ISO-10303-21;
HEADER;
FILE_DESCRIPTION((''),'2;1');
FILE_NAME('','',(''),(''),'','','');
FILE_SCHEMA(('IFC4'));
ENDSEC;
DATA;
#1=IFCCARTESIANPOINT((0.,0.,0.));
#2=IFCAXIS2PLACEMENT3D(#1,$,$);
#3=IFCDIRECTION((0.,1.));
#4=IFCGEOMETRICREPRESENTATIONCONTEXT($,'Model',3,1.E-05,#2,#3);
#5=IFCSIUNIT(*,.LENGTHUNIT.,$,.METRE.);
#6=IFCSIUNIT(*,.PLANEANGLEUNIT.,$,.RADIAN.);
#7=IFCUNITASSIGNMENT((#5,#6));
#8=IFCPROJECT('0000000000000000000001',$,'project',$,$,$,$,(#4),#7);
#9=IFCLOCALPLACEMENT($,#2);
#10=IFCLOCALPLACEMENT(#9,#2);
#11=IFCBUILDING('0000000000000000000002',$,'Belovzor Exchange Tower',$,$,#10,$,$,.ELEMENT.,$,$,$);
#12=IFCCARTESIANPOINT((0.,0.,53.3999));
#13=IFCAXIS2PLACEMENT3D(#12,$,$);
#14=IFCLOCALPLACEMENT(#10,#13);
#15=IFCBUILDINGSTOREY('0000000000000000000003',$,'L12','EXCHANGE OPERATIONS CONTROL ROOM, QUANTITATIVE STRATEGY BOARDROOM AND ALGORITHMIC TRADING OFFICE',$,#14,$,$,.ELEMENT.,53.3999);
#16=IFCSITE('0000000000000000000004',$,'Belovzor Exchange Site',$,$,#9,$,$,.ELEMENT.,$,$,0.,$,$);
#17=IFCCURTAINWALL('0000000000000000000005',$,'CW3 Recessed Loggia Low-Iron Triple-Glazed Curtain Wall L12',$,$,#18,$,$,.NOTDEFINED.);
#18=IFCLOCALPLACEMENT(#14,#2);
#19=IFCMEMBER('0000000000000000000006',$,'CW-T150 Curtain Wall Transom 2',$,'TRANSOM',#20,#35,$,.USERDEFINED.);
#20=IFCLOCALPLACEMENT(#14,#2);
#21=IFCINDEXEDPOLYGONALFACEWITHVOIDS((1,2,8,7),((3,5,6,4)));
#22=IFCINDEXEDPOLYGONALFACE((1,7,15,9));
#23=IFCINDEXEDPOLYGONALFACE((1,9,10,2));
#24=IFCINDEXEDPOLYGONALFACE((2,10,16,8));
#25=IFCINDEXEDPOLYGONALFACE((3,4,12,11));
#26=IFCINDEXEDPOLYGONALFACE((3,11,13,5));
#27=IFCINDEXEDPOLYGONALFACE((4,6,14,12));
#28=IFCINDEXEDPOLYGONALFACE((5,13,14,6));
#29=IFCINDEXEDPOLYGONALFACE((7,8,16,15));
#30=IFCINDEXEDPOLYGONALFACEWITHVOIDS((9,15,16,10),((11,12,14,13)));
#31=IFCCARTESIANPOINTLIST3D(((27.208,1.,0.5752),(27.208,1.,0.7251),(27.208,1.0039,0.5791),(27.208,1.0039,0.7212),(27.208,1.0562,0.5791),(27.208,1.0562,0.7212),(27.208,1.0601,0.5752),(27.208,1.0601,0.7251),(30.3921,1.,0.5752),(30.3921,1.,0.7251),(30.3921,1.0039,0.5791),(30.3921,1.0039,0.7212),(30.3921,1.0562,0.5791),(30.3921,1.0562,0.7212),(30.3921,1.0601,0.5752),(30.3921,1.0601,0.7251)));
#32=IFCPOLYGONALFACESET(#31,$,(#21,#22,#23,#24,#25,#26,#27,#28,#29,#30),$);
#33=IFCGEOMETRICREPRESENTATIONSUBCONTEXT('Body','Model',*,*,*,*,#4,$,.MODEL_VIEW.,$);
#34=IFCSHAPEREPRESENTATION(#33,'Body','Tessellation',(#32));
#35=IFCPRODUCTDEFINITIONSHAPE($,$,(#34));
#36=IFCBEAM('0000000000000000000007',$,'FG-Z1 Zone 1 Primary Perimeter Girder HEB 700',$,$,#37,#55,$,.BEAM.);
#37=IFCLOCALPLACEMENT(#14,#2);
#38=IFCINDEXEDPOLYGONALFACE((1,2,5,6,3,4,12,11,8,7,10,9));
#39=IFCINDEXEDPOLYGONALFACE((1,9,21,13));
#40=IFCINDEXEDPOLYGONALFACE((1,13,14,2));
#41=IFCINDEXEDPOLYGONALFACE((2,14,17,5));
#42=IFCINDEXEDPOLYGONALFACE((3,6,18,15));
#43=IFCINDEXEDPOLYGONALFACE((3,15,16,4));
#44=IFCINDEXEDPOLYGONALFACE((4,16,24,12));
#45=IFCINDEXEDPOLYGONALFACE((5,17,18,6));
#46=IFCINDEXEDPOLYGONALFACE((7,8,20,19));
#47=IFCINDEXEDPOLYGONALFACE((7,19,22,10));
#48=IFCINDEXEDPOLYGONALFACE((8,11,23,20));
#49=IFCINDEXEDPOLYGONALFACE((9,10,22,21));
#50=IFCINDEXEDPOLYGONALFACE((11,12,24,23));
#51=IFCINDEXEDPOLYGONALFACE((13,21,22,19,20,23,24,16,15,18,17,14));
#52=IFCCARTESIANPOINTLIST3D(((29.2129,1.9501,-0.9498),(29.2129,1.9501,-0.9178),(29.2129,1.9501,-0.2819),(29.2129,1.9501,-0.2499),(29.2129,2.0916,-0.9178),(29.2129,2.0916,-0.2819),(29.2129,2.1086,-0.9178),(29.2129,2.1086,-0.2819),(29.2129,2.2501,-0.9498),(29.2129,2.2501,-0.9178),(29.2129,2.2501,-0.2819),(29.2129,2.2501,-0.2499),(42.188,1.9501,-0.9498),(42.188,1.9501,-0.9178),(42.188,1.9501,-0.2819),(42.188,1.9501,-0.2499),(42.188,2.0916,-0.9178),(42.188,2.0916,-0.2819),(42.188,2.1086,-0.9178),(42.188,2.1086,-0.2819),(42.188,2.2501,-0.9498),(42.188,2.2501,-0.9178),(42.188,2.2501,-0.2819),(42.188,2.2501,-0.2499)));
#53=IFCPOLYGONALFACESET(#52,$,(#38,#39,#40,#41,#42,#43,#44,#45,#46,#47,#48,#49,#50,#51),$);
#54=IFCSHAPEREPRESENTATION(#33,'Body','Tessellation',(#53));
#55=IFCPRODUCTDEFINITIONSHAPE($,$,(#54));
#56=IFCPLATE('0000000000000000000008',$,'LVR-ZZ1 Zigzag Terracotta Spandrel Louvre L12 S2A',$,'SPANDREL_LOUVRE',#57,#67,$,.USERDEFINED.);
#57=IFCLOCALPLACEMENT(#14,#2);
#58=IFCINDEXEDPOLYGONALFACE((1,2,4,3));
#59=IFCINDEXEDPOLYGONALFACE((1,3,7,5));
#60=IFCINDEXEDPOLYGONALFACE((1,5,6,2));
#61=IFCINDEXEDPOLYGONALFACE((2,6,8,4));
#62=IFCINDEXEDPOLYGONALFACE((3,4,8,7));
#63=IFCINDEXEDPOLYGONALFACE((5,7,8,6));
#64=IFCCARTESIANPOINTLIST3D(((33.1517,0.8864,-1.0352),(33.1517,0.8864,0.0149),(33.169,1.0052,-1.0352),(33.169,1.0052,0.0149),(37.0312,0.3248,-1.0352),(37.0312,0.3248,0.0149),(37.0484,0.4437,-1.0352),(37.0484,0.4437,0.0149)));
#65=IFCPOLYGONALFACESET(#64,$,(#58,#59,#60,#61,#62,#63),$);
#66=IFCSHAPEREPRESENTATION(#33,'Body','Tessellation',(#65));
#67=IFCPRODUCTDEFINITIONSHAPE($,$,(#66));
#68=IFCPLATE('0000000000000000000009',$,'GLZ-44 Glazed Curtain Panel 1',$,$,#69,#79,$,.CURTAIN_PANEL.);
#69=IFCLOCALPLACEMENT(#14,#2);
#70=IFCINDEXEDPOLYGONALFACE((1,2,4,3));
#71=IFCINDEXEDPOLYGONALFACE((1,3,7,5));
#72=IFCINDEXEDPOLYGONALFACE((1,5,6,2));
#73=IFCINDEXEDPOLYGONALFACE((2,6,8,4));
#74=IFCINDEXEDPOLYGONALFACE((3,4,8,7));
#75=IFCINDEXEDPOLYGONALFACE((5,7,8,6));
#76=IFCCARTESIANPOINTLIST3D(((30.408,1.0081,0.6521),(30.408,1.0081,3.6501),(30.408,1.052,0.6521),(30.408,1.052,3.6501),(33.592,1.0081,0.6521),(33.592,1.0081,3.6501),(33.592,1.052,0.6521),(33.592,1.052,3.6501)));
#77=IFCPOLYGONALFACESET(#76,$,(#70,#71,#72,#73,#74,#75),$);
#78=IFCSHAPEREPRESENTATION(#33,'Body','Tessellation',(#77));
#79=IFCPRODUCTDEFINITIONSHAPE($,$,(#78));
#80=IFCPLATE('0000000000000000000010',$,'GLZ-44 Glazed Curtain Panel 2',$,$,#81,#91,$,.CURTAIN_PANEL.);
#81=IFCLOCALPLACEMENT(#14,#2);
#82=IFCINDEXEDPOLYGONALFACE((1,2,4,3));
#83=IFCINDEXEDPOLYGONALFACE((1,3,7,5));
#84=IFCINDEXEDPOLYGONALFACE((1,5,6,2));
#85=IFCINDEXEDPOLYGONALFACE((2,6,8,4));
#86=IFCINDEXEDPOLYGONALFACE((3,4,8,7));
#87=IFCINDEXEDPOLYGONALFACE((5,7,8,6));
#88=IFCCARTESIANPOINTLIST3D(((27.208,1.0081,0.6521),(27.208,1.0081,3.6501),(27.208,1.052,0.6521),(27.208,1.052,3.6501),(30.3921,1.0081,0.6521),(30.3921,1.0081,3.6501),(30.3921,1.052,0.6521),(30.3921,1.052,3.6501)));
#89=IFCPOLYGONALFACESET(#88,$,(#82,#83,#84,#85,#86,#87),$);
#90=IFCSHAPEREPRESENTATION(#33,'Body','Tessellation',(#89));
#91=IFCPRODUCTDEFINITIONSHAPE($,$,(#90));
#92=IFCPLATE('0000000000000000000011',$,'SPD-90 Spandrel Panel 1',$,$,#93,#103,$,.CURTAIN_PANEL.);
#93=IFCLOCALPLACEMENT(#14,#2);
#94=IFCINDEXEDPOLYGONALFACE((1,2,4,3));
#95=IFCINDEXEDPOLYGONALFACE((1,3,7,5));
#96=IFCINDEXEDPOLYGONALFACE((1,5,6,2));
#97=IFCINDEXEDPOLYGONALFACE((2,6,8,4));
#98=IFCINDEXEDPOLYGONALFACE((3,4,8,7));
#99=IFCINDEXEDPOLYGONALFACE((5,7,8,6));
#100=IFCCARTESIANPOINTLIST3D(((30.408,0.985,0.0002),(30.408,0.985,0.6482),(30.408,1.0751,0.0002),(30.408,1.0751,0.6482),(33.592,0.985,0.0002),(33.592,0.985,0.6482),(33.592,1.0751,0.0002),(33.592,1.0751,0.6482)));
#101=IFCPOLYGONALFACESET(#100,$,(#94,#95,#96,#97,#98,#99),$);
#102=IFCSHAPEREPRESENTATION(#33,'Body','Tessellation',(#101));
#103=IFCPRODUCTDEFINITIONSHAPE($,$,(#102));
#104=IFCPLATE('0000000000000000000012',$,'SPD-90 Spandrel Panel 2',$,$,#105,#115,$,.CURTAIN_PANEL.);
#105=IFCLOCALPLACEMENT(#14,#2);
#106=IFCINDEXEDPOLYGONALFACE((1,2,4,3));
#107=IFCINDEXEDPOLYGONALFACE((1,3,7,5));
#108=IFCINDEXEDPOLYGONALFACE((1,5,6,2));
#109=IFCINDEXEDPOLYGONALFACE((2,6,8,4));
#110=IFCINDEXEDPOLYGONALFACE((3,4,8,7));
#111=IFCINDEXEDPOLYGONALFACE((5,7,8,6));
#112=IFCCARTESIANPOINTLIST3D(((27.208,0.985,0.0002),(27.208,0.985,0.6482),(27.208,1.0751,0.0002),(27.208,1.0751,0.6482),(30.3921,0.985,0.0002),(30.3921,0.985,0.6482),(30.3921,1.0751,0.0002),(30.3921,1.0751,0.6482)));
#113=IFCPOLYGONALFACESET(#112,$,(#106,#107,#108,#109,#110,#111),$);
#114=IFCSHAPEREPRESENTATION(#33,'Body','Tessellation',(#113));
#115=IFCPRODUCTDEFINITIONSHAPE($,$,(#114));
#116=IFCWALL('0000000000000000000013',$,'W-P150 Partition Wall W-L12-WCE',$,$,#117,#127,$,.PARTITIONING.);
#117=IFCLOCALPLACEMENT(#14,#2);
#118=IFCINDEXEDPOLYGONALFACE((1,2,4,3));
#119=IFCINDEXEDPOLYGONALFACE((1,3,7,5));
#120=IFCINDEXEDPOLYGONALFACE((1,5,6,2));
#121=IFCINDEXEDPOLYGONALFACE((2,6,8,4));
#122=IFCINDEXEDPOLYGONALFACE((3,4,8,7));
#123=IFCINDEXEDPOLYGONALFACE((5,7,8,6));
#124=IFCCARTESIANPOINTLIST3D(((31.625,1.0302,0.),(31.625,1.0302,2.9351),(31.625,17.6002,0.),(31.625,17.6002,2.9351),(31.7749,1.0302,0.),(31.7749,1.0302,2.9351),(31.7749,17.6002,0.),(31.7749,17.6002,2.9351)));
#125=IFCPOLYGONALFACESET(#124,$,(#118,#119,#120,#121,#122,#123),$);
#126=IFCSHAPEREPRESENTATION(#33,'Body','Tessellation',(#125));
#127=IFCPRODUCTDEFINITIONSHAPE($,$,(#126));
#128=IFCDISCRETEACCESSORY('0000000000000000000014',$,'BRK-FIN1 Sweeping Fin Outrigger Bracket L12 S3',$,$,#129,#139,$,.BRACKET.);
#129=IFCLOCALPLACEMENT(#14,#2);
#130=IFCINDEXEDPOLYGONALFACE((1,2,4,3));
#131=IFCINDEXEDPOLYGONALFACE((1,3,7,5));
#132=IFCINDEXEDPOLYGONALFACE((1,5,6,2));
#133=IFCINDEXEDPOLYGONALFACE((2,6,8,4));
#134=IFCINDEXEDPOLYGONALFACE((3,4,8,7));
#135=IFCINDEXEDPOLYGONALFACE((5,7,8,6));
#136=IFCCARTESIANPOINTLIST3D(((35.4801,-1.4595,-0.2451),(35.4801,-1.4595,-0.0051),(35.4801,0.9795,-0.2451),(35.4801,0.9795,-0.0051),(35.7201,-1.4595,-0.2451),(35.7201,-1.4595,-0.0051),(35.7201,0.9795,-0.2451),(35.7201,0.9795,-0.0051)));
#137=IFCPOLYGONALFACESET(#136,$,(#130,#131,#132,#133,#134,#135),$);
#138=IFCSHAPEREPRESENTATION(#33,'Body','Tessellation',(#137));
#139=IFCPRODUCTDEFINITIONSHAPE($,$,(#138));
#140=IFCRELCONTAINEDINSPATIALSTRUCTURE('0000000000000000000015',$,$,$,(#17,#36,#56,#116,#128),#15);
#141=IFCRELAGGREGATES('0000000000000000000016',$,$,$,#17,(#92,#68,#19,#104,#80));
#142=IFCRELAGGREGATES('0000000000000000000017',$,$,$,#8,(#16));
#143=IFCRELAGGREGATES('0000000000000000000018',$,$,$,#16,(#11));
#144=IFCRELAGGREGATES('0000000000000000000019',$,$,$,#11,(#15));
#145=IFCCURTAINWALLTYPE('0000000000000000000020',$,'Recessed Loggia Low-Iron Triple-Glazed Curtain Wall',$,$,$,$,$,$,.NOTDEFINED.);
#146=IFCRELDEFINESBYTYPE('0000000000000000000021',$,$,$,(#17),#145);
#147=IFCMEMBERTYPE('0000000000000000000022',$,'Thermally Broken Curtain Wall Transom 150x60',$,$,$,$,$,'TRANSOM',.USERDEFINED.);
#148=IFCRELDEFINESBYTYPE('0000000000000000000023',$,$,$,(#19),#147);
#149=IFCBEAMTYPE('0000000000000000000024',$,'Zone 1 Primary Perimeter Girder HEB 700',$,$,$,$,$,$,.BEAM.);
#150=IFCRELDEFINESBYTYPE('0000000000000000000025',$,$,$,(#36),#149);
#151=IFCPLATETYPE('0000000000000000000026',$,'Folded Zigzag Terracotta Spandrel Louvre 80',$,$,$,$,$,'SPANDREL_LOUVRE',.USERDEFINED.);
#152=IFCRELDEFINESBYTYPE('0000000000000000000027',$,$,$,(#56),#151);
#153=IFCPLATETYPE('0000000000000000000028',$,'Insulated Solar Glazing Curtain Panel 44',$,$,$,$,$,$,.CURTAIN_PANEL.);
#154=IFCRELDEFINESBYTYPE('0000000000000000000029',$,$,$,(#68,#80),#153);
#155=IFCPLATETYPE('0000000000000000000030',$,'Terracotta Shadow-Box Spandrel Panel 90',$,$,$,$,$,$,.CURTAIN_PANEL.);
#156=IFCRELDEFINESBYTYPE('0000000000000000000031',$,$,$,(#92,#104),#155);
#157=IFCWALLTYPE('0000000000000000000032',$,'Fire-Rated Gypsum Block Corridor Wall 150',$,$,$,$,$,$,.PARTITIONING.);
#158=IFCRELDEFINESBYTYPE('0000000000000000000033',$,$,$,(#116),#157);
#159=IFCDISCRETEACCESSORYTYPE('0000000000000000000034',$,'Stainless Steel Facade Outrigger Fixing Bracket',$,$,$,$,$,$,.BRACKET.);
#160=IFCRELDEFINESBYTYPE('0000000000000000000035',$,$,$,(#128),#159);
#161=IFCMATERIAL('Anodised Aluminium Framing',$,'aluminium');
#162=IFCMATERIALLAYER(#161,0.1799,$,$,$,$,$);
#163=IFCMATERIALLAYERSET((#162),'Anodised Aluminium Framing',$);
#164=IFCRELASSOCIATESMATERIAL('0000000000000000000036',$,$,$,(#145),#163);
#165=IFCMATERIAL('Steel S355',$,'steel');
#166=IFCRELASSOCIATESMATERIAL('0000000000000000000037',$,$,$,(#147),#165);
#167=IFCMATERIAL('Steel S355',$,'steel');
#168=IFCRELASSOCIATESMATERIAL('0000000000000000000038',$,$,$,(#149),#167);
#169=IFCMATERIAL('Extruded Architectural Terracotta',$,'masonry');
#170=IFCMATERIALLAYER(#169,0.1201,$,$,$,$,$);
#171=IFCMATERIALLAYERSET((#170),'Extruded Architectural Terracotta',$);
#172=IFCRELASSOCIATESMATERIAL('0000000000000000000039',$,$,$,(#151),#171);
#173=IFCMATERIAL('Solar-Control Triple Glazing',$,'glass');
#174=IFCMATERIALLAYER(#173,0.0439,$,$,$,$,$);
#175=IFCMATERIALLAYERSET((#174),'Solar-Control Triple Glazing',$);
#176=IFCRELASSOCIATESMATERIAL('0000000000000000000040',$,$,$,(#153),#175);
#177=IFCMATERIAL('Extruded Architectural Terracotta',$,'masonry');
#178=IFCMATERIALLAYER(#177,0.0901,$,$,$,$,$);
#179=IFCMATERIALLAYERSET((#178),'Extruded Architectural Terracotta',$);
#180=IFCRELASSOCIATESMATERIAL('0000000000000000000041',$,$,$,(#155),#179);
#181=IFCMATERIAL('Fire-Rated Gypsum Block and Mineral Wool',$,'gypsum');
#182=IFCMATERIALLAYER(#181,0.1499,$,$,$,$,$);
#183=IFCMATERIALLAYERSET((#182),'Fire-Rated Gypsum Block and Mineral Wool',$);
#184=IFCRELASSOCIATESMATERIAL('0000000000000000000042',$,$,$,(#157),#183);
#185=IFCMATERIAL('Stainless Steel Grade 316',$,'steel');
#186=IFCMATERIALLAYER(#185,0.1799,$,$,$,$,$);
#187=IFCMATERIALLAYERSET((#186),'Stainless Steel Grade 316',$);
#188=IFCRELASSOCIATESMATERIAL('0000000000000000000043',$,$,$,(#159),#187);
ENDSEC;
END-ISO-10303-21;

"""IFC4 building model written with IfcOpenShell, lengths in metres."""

from ifc_helpers import new_model, si_unit, direction, frame, frame_2d, origin, origin_2d, place, context, subcontext, project, spatial, rectangle, hollow_rectangle, i_section, extrude, material, layer, layer_set, material_profile, profile_set, type_object, element, aggregate, save


model = new_model("IFC4")

# Units and contexts
model_context = context("Model", 3, precision=1e-05, world=origin(), true_north=direction((0.0, 1.0)))
body_context = subcontext(model_context, "Body", "Model", "MODEL_VIEW")
ifc_project = project(units=[si_unit("LENGTHUNIT", "METRE"), si_unit("PLANEANGLEUNIT", "RADIAN")], contexts=[model_context])

# Site, building, storey
site_placement = place(None, origin())
site = spatial("IfcSite", under=ifc_project, at=site_placement, Name="Belovzor Exchange Site", CompositionType="ELEMENT", RefElevation=0.0)
building_placement = place(site_placement, origin())
building = spatial("IfcBuilding", under=site, at=building_placement, Name="Belovzor Exchange Tower", CompositionType="ELEMENT")
storey_placement = place(building_placement, frame((0.0, 0.0, 53.3999)))
storey = spatial("IfcBuildingStorey", under=building, at=storey_placement, Name="L12", Description="EXCHANGE OPERATIONS CONTROL ROOM, QUANTITATIVE STRATEGY BOARDROOM AND ALGORITHMIC TRADING OFFICE", CompositionType="ELEMENT", Elevation=53.3999)

# Curtain wall, member
ifc_material_1 = material(Name="Anodised Aluminium Framing", Category="aluminium")
ifc_layer_1 = layer(ifc_material_1, 0.1799)
ifc_layer_set_1 = layer_set([ifc_layer_1], Name="Anodised Aluminium Framing")
curtain_wall_type = type_object("IfcCurtainWallType", Name="Recessed Loggia Low-Iron Triple-Glazed Curtain Wall", PredefinedType="NOTDEFINED", material=ifc_layer_set_1)
curtain_wall_placement = place(storey_placement, origin())
curtain_wall = element("IfcCurtainWall", 1, at=curtain_wall_placement, inside=storey, type_object=curtain_wall_type, Name="CW3 Recessed Loggia Low-Iron Triple-Glazed Curtain Wall L12", PredefinedType="NOTDEFINED")
ifc_material_2 = material(Name="Steel S355", Category="steel")
ifc_material_profile_1 = material_profile(ifc_material_2, hollow_rectangle(XDim=0.0601, YDim=0.1499, WallThickness=0.0039, at=origin_2d()))
ifc_profile_set_1 = profile_set([ifc_material_profile_1], Name="Steel S355")
member_type_1 = type_object("IfcMemberType", Name="Thermally Broken Curtain Wall Transom 150x60", ElementType="TRANSOM", PredefinedType="USERDEFINED", material=ifc_profile_set_1)
member_1_placement = place(storey_placement, frame((30.3921, 1.03, 0.6501), z_axis=(-1.0, 0.0, 0.0), x_axis=(0.0, -1.0, 0.0)))
member_1 = element("IfcMember", 2, at=member_1_placement, type_object=member_type_1, Name="CW-T150 Curtain Wall Transom 2", ObjectType="TRANSOM", PredefinedType="USERDEFINED", context=body_context, shape_type="SweptSolid", body=[
    extrude(hollow_rectangle(XDim=0.0601, YDim=0.1499, WallThickness=0.0039, at=origin_2d()), origin(), (0.0, 0.0, 1.0), 3.1841),
])

# Beam
ifc_material_3 = material(Name="Steel S355", Category="steel")
ifc_material_profile_2 = material_profile(ifc_material_3, i_section(OverallWidth=0.3, OverallDepth=0.7, WebThickness=0.0171, FlangeThickness=0.032, at=origin_2d()))
ifc_profile_set_2 = profile_set([ifc_material_profile_2], Name="Steel S355")
beam_type_1 = type_object("IfcBeamType", Name="Zone 1 Primary Perimeter Girder HEB 700", PredefinedType="BEAM", material=ifc_profile_set_2)
beam_1_placement = place(storey_placement, frame((29.2129, 2.1001, -0.5999), z_axis=(1.0, 0.0, 0.0), x_axis=(0.0, 1.0, 0.0)))
element("IfcBeam", 3, at=beam_1_placement, inside=storey, type_object=beam_type_1, Name="FG-Z1 Zone 1 Primary Perimeter Girder HEB 700", PredefinedType="BEAM", context=body_context, shape_type="SweptSolid", body=[
    extrude(i_section(OverallWidth=0.3, OverallDepth=0.7, WebThickness=0.0171, FlangeThickness=0.032, at=origin_2d()), origin(), (0.0, 0.0, 1.0), 12.9751),
])

# Plates
ifc_material_4 = material(Name="Extruded Architectural Terracotta", Category="masonry")
ifc_layer_2 = layer(ifc_material_4, 0.1201)
ifc_layer_set_2 = layer_set([ifc_layer_2], Name="Extruded Architectural Terracotta")
plate_type_1 = type_object("IfcPlateType", Name="Folded Zigzag Terracotta Spandrel Louvre 80", ElementType="SPANDREL_LOUVRE", PredefinedType="USERDEFINED", material=ifc_layer_set_2)
plate_1_placement = place(storey_placement, frame((35.1001, 0.665, -1.0352), z_axis=(0.0, 0.0, 1.0), x_axis=(0.989686, -0.143251, 0.0)))
element("IfcPlate", 4, at=plate_1_placement, inside=storey, type_object=plate_type_1, Name="LVR-ZZ1 Zigzag Terracotta Spandrel Louvre L12 S2A", ObjectType="SPANDREL_LOUVRE", PredefinedType="USERDEFINED", context=body_context, shape_type="SweptSolid", body=[
    extrude(rectangle(XDim=3.9199, YDim=0.1201, at=origin_2d()), origin(), (0.0, 0.0, 1.0), 1.05),
])
ifc_material_5 = material(Name="Solar-Control Triple Glazing", Category="glass")
ifc_layer_3 = layer(ifc_material_5, 0.0439)
ifc_layer_set_3 = layer_set([ifc_layer_3], Name="Solar-Control Triple Glazing")
plate_type_2 = type_object("IfcPlateType", Name="Insulated Solar Glazing Curtain Panel 44", PredefinedType="CURTAIN_PANEL", material=ifc_layer_set_3)
plate_2_placement = place(storey_placement, frame((32.0, 1.03, 0.6521), z_axis=(0.0, 0.0, 1.0), x_axis=(-1.0, 0.0, 0.0)))
plate_2 = element("IfcPlate", 5, at=plate_2_placement, type_object=plate_type_2, Name="GLZ-44 Glazed Curtain Panel 1", PredefinedType="CURTAIN_PANEL", context=body_context, shape_type="SweptSolid", body=[
    extrude(rectangle(XDim=3.1841, YDim=0.0439, at=origin_2d()), origin(), (0.0, 0.0, 1.0), 2.998),
])
plate_3_placement = place(storey_placement, frame((28.8, 1.03, 0.6521), z_axis=(0.0, 0.0, 1.0), x_axis=(-1.0, 0.0, 0.0)))
plate_3 = element("IfcPlate", 6, at=plate_3_placement, type_object=plate_type_2, Name="GLZ-44 Glazed Curtain Panel 2", PredefinedType="CURTAIN_PANEL", context=body_context, shape_type="SweptSolid", body=[
    extrude(rectangle(XDim=3.1841, YDim=0.0439, at=origin_2d()), origin(), (0.0, 0.0, 1.0), 2.998),
])
ifc_material_6 = material(Name="Extruded Architectural Terracotta", Category="masonry")
ifc_layer_4 = layer(ifc_material_6, 0.0901)
ifc_layer_set_4 = layer_set([ifc_layer_4], Name="Extruded Architectural Terracotta")
plate_type_3 = type_object("IfcPlateType", Name="Terracotta Shadow-Box Spandrel Panel 90", PredefinedType="CURTAIN_PANEL", material=ifc_layer_set_4)
plate_4_placement = place(storey_placement, frame((32.0, 1.03, 0.0002), z_axis=(0.0, 0.0, 1.0), x_axis=(-1.0, 0.0, 0.0)))
plate_4 = element("IfcPlate", 7, at=plate_4_placement, type_object=plate_type_3, Name="SPD-90 Spandrel Panel 1", PredefinedType="CURTAIN_PANEL", context=body_context, shape_type="SweptSolid", body=[
    extrude(rectangle(XDim=3.1841, YDim=0.0901, at=origin_2d()), origin(), (0.0, 0.0, 1.0), 0.6479),
])
plate_5_placement = place(storey_placement, frame((28.8, 1.03, 0.0002), z_axis=(0.0, 0.0, 1.0), x_axis=(-1.0, 0.0, 0.0)))
plate_5 = element("IfcPlate", 8, at=plate_5_placement, type_object=plate_type_3, Name="SPD-90 Spandrel Panel 2", PredefinedType="CURTAIN_PANEL", context=body_context, shape_type="SweptSolid", body=[
    extrude(rectangle(XDim=3.1841, YDim=0.0901, at=origin_2d()), origin(), (0.0, 0.0, 1.0), 0.6479),
])
aggregate(curtain_wall, [plate_4, plate_2, member_1, plate_5, plate_3])

# Wall
ifc_material_7 = material(Name="Fire-Rated Gypsum Block and Mineral Wool", Category="gypsum")
ifc_layer_5 = layer(ifc_material_7, 0.1499)
ifc_layer_set_5 = layer_set([ifc_layer_5], Name="Fire-Rated Gypsum Block and Mineral Wool")
wall_type = type_object("IfcWallType", Name="Fire-Rated Gypsum Block Corridor Wall 150", PredefinedType="PARTITIONING", material=ifc_layer_set_5)
wall_placement = place(storey_placement, frame((31.7, 1.03, 0.0), z_axis=(0.0, 0.0, 1.0), x_axis=(0.0, 1.0, 0.0)))
element("IfcWall", 9, at=wall_placement, inside=storey, type_object=wall_type, Name="W-P150 Partition Wall W-L12-WCE", PredefinedType="PARTITIONING", context=body_context, shape_type="SweptSolid", body=[
    extrude(rectangle(XDim=16.5701, YDim=0.1499, at=frame_2d((8.2852, 0.0))), origin(), (0.0, 0.0, 1.0), 2.9351),
])

# Discrete accessory
ifc_material_8 = material(Name="Stainless Steel Grade 316", Category="steel")
ifc_layer_6 = layer(ifc_material_8, 0.1799)
ifc_layer_set_6 = layer_set([ifc_layer_6], Name="Stainless Steel Grade 316")
discrete_accessory_type = type_object("IfcDiscreteAccessoryType", Name="Stainless Steel Facade Outrigger Fixing Bracket", PredefinedType="BRACKET", material=ifc_layer_set_6)
discrete_accessory_placement = place(storey_placement, frame((35.6001, -0.24, -0.2451), z_axis=(0.0, 0.0, 1.0), x_axis=(0.0, 1.0, 0.0)))
element("IfcDiscreteAccessory", 10, at=discrete_accessory_placement, inside=storey, type_object=discrete_accessory_type, Name="BRK-FIN1 Sweeping Fin Outrigger Bracket L12 S3", PredefinedType="BRACKET", context=body_context, shape_type="SweptSolid", body=[
    extrude(rectangle(XDim=2.439, YDim=0.24, at=origin_2d()), origin(), (0.0, 0.0, 1.0), 0.24),
])

save(model, "model.ifc")
